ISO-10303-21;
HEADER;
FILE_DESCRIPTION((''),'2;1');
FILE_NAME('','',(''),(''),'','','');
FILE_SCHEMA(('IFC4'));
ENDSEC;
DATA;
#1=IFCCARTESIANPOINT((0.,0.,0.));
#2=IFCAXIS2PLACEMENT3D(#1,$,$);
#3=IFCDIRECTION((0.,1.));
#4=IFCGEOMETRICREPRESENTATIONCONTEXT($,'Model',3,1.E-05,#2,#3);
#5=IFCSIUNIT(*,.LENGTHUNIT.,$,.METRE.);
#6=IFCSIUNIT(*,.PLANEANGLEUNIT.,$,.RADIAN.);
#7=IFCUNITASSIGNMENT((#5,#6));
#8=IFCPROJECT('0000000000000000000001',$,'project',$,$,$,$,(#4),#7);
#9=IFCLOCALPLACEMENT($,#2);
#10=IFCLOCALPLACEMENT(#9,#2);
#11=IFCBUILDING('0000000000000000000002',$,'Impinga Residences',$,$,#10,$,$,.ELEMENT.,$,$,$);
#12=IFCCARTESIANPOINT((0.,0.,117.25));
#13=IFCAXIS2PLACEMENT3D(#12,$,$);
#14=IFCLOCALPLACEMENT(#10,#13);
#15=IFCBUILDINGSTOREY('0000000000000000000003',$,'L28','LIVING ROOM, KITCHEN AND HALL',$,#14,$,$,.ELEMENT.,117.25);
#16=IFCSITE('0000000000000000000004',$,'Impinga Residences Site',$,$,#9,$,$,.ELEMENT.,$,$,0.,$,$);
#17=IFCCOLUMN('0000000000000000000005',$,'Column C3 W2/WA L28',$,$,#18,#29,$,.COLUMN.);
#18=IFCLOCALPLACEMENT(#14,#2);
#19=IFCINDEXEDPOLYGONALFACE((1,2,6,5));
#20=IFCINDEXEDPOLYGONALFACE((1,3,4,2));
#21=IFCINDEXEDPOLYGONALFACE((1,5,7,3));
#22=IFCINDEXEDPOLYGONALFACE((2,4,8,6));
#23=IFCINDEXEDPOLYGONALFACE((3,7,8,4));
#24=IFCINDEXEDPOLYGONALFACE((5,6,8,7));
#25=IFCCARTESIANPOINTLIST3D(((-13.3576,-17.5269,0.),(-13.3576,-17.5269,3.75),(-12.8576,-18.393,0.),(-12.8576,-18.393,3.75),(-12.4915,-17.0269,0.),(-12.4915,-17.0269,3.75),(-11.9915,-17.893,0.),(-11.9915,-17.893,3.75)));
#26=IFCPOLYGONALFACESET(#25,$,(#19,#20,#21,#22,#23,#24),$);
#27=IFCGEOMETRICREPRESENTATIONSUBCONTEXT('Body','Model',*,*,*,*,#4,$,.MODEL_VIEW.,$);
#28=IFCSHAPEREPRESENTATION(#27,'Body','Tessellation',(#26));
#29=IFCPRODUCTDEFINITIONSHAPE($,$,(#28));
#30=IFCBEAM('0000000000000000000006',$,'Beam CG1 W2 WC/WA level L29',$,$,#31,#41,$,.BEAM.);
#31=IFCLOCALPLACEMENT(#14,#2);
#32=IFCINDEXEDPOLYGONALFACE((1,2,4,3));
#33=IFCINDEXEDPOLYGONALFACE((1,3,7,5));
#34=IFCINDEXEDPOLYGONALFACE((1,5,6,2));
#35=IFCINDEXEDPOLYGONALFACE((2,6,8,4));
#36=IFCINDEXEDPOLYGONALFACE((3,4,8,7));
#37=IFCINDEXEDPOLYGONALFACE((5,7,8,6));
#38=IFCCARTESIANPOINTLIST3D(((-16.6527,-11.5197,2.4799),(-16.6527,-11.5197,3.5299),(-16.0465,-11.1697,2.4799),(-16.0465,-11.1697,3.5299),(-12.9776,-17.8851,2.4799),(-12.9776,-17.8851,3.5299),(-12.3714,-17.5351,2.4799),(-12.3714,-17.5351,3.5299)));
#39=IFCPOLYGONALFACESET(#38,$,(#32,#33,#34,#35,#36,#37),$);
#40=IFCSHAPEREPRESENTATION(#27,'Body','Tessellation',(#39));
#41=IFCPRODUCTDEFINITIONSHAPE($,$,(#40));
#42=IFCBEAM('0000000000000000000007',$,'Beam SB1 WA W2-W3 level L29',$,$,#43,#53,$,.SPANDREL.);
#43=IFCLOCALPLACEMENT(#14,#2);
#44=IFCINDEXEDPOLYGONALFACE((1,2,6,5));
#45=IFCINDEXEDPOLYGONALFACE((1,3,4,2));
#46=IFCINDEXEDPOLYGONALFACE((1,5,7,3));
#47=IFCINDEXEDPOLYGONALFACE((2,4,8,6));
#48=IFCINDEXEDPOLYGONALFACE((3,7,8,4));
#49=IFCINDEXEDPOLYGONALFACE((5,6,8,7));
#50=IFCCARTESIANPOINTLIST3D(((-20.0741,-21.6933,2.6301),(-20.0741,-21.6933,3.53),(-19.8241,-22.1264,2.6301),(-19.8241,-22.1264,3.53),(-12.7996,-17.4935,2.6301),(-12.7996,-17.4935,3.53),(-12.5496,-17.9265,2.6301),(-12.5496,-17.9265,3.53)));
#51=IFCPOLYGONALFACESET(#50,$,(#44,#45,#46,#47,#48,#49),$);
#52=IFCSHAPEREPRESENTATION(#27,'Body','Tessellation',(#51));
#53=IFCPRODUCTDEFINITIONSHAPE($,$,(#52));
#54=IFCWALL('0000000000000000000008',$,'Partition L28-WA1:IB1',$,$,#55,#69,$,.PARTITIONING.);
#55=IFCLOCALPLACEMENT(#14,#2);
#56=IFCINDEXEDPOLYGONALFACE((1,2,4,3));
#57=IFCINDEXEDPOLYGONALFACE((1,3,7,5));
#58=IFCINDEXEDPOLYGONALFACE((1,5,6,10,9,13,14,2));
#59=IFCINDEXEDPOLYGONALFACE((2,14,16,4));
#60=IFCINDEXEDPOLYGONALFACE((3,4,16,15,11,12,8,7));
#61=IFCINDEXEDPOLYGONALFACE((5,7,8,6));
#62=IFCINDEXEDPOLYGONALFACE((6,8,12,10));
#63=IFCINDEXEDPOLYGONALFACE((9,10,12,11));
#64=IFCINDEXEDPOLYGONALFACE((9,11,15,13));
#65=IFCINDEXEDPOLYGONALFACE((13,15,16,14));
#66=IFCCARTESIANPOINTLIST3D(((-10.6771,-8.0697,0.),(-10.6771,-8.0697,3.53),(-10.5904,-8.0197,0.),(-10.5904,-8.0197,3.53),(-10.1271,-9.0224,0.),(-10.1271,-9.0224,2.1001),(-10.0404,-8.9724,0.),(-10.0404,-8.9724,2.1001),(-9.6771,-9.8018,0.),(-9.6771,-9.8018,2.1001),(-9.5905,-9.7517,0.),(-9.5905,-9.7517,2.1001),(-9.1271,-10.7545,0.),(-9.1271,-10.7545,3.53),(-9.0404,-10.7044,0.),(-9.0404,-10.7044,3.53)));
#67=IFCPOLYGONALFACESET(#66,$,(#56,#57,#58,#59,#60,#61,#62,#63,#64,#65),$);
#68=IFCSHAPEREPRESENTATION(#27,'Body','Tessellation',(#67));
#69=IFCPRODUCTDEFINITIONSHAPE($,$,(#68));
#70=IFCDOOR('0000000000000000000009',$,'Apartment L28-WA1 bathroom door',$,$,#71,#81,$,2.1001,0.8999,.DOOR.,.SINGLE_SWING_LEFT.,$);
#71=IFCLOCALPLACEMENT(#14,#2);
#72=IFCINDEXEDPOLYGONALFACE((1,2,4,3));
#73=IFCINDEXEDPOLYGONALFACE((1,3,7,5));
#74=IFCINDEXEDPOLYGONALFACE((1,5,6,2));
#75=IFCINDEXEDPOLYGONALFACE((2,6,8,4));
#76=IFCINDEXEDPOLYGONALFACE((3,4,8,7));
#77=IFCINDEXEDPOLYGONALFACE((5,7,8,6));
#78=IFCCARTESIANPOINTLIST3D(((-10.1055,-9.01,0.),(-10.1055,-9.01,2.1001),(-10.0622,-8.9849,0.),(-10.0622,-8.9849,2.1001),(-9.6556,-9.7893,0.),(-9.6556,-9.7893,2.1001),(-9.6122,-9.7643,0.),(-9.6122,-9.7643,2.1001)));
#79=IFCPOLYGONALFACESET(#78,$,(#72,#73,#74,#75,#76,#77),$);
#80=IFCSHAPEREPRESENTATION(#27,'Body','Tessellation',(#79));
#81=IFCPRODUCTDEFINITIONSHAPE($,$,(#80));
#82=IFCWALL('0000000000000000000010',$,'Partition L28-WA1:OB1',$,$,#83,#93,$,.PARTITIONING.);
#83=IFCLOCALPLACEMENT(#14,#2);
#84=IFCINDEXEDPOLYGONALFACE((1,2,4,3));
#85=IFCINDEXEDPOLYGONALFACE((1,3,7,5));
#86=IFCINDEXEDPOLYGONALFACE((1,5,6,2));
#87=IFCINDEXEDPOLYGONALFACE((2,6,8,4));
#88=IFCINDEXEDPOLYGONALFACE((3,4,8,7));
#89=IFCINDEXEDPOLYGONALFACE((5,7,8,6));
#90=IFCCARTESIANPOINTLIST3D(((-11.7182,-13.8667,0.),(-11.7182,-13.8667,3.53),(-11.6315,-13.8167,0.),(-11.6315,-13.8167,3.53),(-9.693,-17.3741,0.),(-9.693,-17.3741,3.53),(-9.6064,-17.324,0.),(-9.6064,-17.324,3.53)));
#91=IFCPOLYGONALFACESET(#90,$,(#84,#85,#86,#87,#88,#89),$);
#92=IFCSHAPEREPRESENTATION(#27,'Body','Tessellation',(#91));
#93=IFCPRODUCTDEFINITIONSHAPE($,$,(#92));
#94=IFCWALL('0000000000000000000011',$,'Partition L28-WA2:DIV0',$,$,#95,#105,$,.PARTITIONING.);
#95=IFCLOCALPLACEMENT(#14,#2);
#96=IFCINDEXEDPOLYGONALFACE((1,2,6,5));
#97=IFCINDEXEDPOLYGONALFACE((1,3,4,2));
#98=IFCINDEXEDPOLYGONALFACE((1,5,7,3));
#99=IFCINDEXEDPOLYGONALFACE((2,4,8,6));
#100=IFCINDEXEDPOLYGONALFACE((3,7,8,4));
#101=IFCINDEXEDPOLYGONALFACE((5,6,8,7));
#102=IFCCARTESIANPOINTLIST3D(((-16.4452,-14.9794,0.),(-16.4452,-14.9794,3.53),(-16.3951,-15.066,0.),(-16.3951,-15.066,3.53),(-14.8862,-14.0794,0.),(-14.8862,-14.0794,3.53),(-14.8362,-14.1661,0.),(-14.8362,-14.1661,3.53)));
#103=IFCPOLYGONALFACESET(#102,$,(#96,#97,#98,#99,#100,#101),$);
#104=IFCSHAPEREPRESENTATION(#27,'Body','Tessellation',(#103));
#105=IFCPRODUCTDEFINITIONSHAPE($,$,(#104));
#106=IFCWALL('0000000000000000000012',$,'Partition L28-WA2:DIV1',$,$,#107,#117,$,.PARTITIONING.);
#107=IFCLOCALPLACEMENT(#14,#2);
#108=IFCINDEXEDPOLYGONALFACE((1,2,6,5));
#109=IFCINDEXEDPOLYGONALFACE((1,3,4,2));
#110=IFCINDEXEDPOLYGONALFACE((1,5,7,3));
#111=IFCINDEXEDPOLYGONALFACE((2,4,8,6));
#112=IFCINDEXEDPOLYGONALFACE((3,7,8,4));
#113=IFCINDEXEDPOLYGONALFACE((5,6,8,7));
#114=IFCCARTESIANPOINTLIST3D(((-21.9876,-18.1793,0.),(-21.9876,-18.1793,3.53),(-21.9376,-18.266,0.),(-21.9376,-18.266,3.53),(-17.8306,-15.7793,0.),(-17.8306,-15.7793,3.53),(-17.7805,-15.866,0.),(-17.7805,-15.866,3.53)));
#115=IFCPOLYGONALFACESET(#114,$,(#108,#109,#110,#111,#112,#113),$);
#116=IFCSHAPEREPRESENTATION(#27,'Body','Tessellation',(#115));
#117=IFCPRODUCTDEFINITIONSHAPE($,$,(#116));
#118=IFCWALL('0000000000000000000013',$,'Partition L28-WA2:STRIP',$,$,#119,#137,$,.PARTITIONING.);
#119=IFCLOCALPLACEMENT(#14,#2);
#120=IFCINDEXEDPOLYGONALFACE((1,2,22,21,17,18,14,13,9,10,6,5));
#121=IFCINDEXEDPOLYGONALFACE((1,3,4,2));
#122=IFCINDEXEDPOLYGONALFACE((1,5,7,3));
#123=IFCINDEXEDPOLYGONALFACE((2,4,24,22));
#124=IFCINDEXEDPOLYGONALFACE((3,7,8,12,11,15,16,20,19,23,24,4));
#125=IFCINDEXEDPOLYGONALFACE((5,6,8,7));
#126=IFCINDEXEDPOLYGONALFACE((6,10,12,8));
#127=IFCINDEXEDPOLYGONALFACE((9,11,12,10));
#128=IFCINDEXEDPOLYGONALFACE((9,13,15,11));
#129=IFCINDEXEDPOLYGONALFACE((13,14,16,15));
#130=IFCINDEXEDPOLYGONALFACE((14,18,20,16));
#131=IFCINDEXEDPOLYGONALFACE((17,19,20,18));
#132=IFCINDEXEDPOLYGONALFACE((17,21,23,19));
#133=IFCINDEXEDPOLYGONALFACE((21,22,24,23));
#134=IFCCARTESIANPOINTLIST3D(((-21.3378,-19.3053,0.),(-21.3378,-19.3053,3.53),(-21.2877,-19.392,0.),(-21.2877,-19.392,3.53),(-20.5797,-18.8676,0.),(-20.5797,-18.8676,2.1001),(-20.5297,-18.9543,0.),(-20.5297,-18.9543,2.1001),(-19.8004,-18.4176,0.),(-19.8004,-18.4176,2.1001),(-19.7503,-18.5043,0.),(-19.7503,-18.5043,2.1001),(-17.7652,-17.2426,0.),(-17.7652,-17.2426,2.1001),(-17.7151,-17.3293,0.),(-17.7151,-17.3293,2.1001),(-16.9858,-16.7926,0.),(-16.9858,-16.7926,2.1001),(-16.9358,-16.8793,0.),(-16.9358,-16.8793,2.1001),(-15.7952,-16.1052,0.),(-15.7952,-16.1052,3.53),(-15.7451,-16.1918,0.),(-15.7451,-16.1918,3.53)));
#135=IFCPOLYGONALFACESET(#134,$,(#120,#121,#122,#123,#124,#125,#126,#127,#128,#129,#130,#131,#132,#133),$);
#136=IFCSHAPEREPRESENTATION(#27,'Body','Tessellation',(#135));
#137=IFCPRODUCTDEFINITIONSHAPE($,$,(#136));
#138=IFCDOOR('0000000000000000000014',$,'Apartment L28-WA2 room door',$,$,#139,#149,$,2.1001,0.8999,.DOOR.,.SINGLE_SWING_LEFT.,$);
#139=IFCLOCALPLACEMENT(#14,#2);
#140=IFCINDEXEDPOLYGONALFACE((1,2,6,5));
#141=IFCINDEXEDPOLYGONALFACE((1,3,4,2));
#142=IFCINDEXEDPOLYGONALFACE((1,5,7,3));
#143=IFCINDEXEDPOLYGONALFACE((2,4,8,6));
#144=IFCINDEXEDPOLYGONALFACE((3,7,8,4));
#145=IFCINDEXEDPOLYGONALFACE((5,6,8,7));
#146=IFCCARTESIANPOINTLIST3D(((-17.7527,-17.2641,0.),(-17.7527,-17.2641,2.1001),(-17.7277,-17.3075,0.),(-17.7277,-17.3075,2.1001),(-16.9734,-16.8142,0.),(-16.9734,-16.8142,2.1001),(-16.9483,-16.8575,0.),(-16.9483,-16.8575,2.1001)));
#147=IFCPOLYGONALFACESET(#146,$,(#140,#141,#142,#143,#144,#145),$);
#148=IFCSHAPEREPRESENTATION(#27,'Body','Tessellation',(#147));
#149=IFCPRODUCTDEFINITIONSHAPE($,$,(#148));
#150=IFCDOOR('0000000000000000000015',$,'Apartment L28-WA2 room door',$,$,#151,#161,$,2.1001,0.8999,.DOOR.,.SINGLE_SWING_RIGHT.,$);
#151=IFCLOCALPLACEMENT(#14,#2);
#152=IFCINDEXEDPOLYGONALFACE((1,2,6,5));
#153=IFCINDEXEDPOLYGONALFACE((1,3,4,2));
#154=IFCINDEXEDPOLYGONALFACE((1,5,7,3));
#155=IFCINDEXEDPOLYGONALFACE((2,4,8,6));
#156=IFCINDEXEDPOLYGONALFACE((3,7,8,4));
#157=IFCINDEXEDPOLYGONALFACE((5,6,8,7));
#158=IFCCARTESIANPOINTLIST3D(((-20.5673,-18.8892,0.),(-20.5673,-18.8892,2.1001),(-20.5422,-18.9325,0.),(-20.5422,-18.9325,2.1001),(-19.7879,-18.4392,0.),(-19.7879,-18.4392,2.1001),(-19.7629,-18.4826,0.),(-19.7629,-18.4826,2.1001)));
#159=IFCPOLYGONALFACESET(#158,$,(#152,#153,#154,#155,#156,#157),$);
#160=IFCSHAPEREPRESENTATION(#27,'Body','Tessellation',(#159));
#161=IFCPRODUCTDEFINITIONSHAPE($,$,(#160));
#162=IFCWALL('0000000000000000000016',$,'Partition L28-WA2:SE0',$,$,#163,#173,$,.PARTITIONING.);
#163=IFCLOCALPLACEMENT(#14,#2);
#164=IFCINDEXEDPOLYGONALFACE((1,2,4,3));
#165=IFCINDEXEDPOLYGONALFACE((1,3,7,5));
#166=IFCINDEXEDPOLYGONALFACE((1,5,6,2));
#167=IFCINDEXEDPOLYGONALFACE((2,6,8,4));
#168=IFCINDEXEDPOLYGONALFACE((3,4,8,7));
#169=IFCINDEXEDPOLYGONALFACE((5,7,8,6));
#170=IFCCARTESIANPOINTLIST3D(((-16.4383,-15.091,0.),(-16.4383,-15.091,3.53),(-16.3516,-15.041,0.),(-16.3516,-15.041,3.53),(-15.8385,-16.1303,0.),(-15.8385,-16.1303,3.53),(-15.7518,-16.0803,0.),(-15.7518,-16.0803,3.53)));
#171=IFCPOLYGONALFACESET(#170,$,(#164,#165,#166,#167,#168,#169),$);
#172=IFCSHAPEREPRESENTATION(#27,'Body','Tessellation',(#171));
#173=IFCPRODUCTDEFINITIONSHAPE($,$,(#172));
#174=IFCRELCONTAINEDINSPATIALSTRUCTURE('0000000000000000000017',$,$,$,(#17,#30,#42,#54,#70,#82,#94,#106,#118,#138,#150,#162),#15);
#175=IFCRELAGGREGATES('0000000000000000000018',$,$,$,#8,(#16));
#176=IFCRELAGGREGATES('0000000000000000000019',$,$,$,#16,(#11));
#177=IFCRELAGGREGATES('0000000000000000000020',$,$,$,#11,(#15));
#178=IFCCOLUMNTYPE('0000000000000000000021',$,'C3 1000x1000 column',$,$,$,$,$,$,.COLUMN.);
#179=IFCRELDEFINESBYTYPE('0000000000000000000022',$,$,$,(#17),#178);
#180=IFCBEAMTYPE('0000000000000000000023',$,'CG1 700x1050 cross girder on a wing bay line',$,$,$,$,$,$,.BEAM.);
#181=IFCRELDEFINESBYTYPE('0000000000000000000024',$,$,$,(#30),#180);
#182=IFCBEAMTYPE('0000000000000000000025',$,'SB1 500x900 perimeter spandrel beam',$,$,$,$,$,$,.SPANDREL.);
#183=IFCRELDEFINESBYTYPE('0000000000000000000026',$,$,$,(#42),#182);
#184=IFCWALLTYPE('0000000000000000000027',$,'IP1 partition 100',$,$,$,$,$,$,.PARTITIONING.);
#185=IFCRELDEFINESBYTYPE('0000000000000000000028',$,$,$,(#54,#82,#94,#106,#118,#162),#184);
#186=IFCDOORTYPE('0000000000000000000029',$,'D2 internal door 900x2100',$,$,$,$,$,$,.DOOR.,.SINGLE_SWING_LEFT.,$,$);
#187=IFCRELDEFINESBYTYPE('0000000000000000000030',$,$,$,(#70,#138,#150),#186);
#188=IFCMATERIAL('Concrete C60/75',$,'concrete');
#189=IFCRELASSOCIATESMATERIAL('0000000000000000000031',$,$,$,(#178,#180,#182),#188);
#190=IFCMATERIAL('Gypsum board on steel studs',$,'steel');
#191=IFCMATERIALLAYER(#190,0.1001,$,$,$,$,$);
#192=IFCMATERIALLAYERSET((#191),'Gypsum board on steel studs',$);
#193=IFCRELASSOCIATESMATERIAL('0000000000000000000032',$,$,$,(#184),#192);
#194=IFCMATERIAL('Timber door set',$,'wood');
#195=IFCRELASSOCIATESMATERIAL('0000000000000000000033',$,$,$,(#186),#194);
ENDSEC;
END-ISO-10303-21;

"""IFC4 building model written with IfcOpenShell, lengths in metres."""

from ifc_helpers import new_model, si_unit, direction, frame, frame_2d, origin, origin_2d, place, context, subcontext, project, spatial, rectangle, extrude, material, layer, layer_set, material_profile, profile_set, type_object, element, fill, save


model = new_model("IFC4")

# Units and contexts
model_context = context("Model", 3, precision=1e-05, world=origin(), true_north=direction((0.0, 1.0)))
body_context = subcontext(model_context, "Body", "Model", "MODEL_VIEW")
ifc_project = project(units=[si_unit("LENGTHUNIT", "METRE"), si_unit("PLANEANGLEUNIT", "RADIAN")], contexts=[model_context])

# Site, building, storey
site_placement = place(None, origin())
site = spatial("IfcSite", under=ifc_project, at=site_placement, Name="Impinga Residences Site", CompositionType="ELEMENT", RefElevation=0.0)
building_placement = place(site_placement, origin())
building = spatial("IfcBuilding", under=site, at=building_placement, Name="Impinga Residences", CompositionType="ELEMENT")
storey_placement = place(building_placement, frame((0.0, 0.0, 117.25)))
storey = spatial("IfcBuildingStorey", under=building, at=storey_placement, Name="L28", Description="LIVING ROOM, KITCHEN AND HALL", CompositionType="ELEMENT", Elevation=117.25)

# Column
ifc_material_1 = material(Name="Concrete C60/75", Category="concrete")
ifc_material_profile_1 = material_profile(ifc_material_1, rectangle(XDim=1.0, YDim=1.0, at=origin_2d()), Name="RC 1000x1000")
ifc_profile_set_1 = profile_set([ifc_material_profile_1], Name="Concrete C60/75")
column_type = type_object("IfcColumnType", Name="C3 1000x1000 column", PredefinedType="COLUMN", material=ifc_profile_set_1)
column_placement = place(storey_placement, frame((-12.6746, -17.71, 0.0), z_axis=(0.0, 0.0, 1.0), x_axis=(-0.5, 0.866025, 0.0)))
element("IfcColumn", 1, at=column_placement, inside=storey, type_object=column_type, Name="Column C3 W2/WA L28", PredefinedType="COLUMN", context=body_context, shape_type="SweptSolid", body=[
    extrude(rectangle(XDim=1.0, YDim=1.0, at=origin_2d()), origin(), (0.0, 0.0, 1.0), 3.75),
])

# Beams
ifc_material_profile_2 = material_profile(ifc_material_1, rectangle(XDim=0.7, YDim=1.05, at=origin_2d()), Name="RC 700x1050")
ifc_profile_set_2 = profile_set([ifc_material_profile_2], Name="Concrete C60/75")
beam_type_1 = type_object("IfcBeamType", Name="CG1 700x1050 cross girder on a wing bay line", PredefinedType="BEAM", material=ifc_profile_set_2)
beam_1_placement = place(storey_placement, frame((-16.3496, -11.3447, 3.0049), z_axis=(0.500008, -0.866021, 0.0), x_axis=(0.866021, 0.500008, 0.0)))
element("IfcBeam", 2, at=beam_1_placement, inside=storey, type_object=beam_type_1, Name="Beam CG1 W2 WC/WA level L29", PredefinedType="BEAM", context=body_context, shape_type="SweptSolid", body=[
    extrude(rectangle(XDim=0.7, YDim=1.05, at=origin_2d()), origin(), (0.0, 0.0, 1.0), 7.3501),
])
ifc_material_profile_3 = material_profile(ifc_material_1, rectangle(XDim=0.5, YDim=0.8999, at=origin_2d()), Name="RC 500x900")
ifc_profile_set_3 = profile_set([ifc_material_profile_3], Name="Concrete C60/75")
beam_type_2 = type_object("IfcBeamType", Name="SB1 500x900 perimeter spandrel beam", PredefinedType="SPANDREL", material=ifc_profile_set_3)
beam_2_placement = place(storey_placement, frame((-12.6746, -17.71, 3.0801), z_axis=(-0.866029, -0.499993, 0.0), x_axis=(0.499993, -0.866029, 0.0)))
element("IfcBeam", 3, at=beam_2_placement, inside=storey, type_object=beam_type_2, Name="Beam SB1 WA W2-W3 level L29", PredefinedType="SPANDREL", context=body_context, shape_type="SweptSolid", body=[
    extrude(rectangle(XDim=0.5, YDim=0.8999, at=origin_2d()), origin(), (0.0, 0.0, 1.0), 8.3999),
])

# Wall, opening, door
ifc_material_2 = material(Name="Gypsum board on steel studs", Category="steel")
ifc_layer_1 = layer(ifc_material_2, 0.1001)
ifc_layer_set_1 = layer_set([ifc_layer_1], Name="Gypsum board on steel studs")
wall_type_1 = type_object("IfcWallType", Name="IP1 partition 100", PredefinedType="PARTITIONING", material=ifc_layer_set_1)
wall_1_placement = place(storey_placement, frame((-10.6338, -8.0447, 0.0), z_axis=(0.0, 0.0, 1.0), x_axis=(0.499993, -0.86603, 0.0)))
wall_1 = element("IfcWall", 4, at=wall_1_placement, inside=storey, type_object=wall_type_1, Name="Partition L28-WA1:IB1", PredefinedType="PARTITIONING", context=body_context, shape_type="SweptSolid", body=[
    extrude(rectangle(XDim=3.1001, YDim=0.1001, at=frame_2d((1.55, 0.0))), origin(), (0.0, 0.0, 1.0), 3.53),
])
opening_1_placement = place(wall_1_placement, frame((1.1001, 0.0, 0.0)))
opening_1 = element("IfcOpeningElement", 5, at=opening_1_placement, cuts=wall_1, PredefinedType="OPENING", context=body_context, shape_type="SweptSolid", body=[
    extrude(rectangle(XDim=0.8999, YDim=2.1001, at=frame_2d((0.45, 1.05))), frame((0.0, 0.0601, 0.0), z_axis=(0.0, -1.0, 0.0), x_axis=(1.0, 0.0, 0.0)), (0.0, 0.0, 1.0), 0.1201),
])
ifc_material_3 = material(Name="Timber door set", Category="wood")
door_type = type_object("IfcDoorType", Name="D2 internal door 900x2100", OperationType="SINGLE_SWING_LEFT", PredefinedType="DOOR", material=ifc_material_3)
door_1_placement = place(opening_1_placement, origin())
door_1 = element("IfcDoor", 6, at=door_1_placement, inside=storey, type_object=door_type, Name="Apartment L28-WA1 bathroom door", OperationType="SINGLE_SWING_LEFT", OverallHeight=2.1001, OverallWidth=0.8999, PredefinedType="DOOR", context=body_context, shape_type="SweptSolid", body=[
    extrude(rectangle(XDim=0.8999, YDim=2.1001, at=frame_2d((0.45, 1.05))), frame((0.0, 0.0249, 0.0), z_axis=(0.0, -1.0, 0.0), x_axis=(1.0, 0.0, 0.0)), (0.0, 0.0, 1.0), 0.05),
])
fill(opening_1, door_1)

# Walls
wall_2_placement = place(storey_placement, frame((-11.6748, -13.8418, 0.0), z_axis=(0.0, 0.0, 1.0), x_axis=(0.500036, -0.866005, 0.0)))
element("IfcWall", 7, at=wall_2_placement, inside=storey, type_object=wall_type_1, Name="Partition L28-WA1:OB1", PredefinedType="PARTITIONING", context=body_context, shape_type="SweptSolid", body=[
    extrude(rectangle(XDim=4.05, YDim=0.1001, at=frame_2d((2.0249, 0.0))), origin(), (0.0, 0.0, 1.0), 3.53),
])
wall_3_placement = place(storey_placement, frame((-14.8613, -14.1228, 0.0), z_axis=(0.0, 0.0, 1.0), x_axis=(-0.866048, -0.499961, 0.0)))
element("IfcWall", 8, at=wall_3_placement, inside=storey, type_object=wall_type_1, Name="Partition L28-WA2:DIV0", PredefinedType="PARTITIONING", context=body_context, shape_type="SweptSolid", body=[
    extrude(rectangle(XDim=1.8, YDim=0.1001, at=frame_2d((0.8999, 0.0))), origin(), (0.0, 0.0, 1.0), 3.53),
])
wall_4_placement = place(storey_placement, frame((-17.8057, -15.8228, 0.0), z_axis=(0.0, 0.0, 1.0), x_axis=(-0.866037, -0.499979, 0.0)))
element("IfcWall", 9, at=wall_4_placement, inside=storey, type_object=wall_type_1, Name="Partition L28-WA2:DIV1", PredefinedType="PARTITIONING", context=body_context, shape_type="SweptSolid", body=[
    extrude(rectangle(XDim=4.8, YDim=0.1001, at=frame_2d((2.3999, 0.0))), origin(), (0.0, 0.0, 1.0), 3.53),
])

# Wall, openings, doors
wall_5_placement = place(storey_placement, frame((-15.77, -16.1484, 0.0), z_axis=(0.0, 0.0, 1.0), x_axis=(-0.866019, -0.500012, 0.0)))
wall_5 = element("IfcWall", 10, at=wall_5_placement, inside=storey, type_object=wall_type_1, Name="Partition L28-WA2:STRIP", PredefinedType="PARTITIONING", context=body_context, shape_type="SweptSolid", body=[
    extrude(rectangle(XDim=6.4001, YDim=0.1001, at=frame_2d((3.2002, 0.0))), origin(), (0.0, 0.0, 1.0), 3.53),
])
opening_2_placement = place(wall_5_placement, frame((1.375, 0.0, 0.0)))
opening_2 = element("IfcOpeningElement", 11, at=opening_2_placement, cuts=wall_5, PredefinedType="OPENING", context=body_context, shape_type="SweptSolid", body=[
    extrude(rectangle(XDim=0.8999, YDim=2.1001, at=frame_2d((0.45, 1.05))), frame((0.0, 0.0601, 0.0), z_axis=(0.0, -1.0, 0.0), x_axis=(1.0, 0.0, 0.0)), (0.0, 0.0, 1.0), 0.1201),
])
opening_3_placement = place(wall_5_placement, frame((4.625, 0.0, 0.0)))
opening_3 = element("IfcOpeningElement", 12, at=opening_3_placement, cuts=wall_5, PredefinedType="OPENING", context=body_context, shape_type="SweptSolid", body=[
    extrude(rectangle(XDim=0.8999, YDim=2.1001, at=frame_2d((0.45, 1.05))), frame((0.0, 0.0601, 0.0), z_axis=(0.0, -1.0, 0.0), x_axis=(1.0, 0.0, 0.0)), (0.0, 0.0, 1.0), 0.1201),
])
door_2_placement = place(opening_2_placement, origin())
door_2 = element("IfcDoor", 13, at=door_2_placement, inside=storey, type_object=door_type, Name="Apartment L28-WA2 room door", OperationType="SINGLE_SWING_LEFT", OverallHeight=2.1001, OverallWidth=0.8999, PredefinedType="DOOR", context=body_context, shape_type="SweptSolid", body=[
    extrude(rectangle(XDim=0.8999, YDim=2.1001, at=frame_2d((0.45, 1.05))), frame((0.0, 0.0249, 0.0), z_axis=(0.0, -1.0, 0.0), x_axis=(1.0, 0.0, 0.0)), (0.0, 0.0, 1.0), 0.05),
])
fill(opening_2, door_2)
door_3_placement = place(opening_3_placement, origin())
door_3 = element("IfcDoor", 14, at=door_3_placement, inside=storey, type_object=door_type, Name="Apartment L28-WA2 room door", OperationType="SINGLE_SWING_RIGHT", OverallHeight=2.1001, OverallWidth=0.8999, PredefinedType="DOOR", context=body_context, shape_type="SweptSolid", body=[
    extrude(rectangle(XDim=0.8999, YDim=2.1001, at=frame_2d((0.45, 1.05))), frame((0.0, 0.0249, 0.0), z_axis=(0.0, -1.0, 0.0), x_axis=(1.0, 0.0, 0.0)), (0.0, 0.0, 1.0), 0.05),
])
fill(opening_3, door_3)

# Wall
wall_6_placement = place(storey_placement, frame((-16.395, -15.0659, 0.0), z_axis=(0.0, 0.0, 1.0), x_axis=(0.499881, -0.866094, 0.0)))
element("IfcWall", 15, at=wall_6_placement, inside=storey, type_object=wall_type_1, Name="Partition L28-WA2:SE0", PredefinedType="PARTITIONING", context=body_context, shape_type="SweptSolid", body=[
    extrude(rectangle(XDim=1.2, YDim=0.1001, at=frame_2d((0.6001, 0.0))), origin(), (0.0, 0.0, 1.0), 3.53),
])

save(model, "model.ifc")
